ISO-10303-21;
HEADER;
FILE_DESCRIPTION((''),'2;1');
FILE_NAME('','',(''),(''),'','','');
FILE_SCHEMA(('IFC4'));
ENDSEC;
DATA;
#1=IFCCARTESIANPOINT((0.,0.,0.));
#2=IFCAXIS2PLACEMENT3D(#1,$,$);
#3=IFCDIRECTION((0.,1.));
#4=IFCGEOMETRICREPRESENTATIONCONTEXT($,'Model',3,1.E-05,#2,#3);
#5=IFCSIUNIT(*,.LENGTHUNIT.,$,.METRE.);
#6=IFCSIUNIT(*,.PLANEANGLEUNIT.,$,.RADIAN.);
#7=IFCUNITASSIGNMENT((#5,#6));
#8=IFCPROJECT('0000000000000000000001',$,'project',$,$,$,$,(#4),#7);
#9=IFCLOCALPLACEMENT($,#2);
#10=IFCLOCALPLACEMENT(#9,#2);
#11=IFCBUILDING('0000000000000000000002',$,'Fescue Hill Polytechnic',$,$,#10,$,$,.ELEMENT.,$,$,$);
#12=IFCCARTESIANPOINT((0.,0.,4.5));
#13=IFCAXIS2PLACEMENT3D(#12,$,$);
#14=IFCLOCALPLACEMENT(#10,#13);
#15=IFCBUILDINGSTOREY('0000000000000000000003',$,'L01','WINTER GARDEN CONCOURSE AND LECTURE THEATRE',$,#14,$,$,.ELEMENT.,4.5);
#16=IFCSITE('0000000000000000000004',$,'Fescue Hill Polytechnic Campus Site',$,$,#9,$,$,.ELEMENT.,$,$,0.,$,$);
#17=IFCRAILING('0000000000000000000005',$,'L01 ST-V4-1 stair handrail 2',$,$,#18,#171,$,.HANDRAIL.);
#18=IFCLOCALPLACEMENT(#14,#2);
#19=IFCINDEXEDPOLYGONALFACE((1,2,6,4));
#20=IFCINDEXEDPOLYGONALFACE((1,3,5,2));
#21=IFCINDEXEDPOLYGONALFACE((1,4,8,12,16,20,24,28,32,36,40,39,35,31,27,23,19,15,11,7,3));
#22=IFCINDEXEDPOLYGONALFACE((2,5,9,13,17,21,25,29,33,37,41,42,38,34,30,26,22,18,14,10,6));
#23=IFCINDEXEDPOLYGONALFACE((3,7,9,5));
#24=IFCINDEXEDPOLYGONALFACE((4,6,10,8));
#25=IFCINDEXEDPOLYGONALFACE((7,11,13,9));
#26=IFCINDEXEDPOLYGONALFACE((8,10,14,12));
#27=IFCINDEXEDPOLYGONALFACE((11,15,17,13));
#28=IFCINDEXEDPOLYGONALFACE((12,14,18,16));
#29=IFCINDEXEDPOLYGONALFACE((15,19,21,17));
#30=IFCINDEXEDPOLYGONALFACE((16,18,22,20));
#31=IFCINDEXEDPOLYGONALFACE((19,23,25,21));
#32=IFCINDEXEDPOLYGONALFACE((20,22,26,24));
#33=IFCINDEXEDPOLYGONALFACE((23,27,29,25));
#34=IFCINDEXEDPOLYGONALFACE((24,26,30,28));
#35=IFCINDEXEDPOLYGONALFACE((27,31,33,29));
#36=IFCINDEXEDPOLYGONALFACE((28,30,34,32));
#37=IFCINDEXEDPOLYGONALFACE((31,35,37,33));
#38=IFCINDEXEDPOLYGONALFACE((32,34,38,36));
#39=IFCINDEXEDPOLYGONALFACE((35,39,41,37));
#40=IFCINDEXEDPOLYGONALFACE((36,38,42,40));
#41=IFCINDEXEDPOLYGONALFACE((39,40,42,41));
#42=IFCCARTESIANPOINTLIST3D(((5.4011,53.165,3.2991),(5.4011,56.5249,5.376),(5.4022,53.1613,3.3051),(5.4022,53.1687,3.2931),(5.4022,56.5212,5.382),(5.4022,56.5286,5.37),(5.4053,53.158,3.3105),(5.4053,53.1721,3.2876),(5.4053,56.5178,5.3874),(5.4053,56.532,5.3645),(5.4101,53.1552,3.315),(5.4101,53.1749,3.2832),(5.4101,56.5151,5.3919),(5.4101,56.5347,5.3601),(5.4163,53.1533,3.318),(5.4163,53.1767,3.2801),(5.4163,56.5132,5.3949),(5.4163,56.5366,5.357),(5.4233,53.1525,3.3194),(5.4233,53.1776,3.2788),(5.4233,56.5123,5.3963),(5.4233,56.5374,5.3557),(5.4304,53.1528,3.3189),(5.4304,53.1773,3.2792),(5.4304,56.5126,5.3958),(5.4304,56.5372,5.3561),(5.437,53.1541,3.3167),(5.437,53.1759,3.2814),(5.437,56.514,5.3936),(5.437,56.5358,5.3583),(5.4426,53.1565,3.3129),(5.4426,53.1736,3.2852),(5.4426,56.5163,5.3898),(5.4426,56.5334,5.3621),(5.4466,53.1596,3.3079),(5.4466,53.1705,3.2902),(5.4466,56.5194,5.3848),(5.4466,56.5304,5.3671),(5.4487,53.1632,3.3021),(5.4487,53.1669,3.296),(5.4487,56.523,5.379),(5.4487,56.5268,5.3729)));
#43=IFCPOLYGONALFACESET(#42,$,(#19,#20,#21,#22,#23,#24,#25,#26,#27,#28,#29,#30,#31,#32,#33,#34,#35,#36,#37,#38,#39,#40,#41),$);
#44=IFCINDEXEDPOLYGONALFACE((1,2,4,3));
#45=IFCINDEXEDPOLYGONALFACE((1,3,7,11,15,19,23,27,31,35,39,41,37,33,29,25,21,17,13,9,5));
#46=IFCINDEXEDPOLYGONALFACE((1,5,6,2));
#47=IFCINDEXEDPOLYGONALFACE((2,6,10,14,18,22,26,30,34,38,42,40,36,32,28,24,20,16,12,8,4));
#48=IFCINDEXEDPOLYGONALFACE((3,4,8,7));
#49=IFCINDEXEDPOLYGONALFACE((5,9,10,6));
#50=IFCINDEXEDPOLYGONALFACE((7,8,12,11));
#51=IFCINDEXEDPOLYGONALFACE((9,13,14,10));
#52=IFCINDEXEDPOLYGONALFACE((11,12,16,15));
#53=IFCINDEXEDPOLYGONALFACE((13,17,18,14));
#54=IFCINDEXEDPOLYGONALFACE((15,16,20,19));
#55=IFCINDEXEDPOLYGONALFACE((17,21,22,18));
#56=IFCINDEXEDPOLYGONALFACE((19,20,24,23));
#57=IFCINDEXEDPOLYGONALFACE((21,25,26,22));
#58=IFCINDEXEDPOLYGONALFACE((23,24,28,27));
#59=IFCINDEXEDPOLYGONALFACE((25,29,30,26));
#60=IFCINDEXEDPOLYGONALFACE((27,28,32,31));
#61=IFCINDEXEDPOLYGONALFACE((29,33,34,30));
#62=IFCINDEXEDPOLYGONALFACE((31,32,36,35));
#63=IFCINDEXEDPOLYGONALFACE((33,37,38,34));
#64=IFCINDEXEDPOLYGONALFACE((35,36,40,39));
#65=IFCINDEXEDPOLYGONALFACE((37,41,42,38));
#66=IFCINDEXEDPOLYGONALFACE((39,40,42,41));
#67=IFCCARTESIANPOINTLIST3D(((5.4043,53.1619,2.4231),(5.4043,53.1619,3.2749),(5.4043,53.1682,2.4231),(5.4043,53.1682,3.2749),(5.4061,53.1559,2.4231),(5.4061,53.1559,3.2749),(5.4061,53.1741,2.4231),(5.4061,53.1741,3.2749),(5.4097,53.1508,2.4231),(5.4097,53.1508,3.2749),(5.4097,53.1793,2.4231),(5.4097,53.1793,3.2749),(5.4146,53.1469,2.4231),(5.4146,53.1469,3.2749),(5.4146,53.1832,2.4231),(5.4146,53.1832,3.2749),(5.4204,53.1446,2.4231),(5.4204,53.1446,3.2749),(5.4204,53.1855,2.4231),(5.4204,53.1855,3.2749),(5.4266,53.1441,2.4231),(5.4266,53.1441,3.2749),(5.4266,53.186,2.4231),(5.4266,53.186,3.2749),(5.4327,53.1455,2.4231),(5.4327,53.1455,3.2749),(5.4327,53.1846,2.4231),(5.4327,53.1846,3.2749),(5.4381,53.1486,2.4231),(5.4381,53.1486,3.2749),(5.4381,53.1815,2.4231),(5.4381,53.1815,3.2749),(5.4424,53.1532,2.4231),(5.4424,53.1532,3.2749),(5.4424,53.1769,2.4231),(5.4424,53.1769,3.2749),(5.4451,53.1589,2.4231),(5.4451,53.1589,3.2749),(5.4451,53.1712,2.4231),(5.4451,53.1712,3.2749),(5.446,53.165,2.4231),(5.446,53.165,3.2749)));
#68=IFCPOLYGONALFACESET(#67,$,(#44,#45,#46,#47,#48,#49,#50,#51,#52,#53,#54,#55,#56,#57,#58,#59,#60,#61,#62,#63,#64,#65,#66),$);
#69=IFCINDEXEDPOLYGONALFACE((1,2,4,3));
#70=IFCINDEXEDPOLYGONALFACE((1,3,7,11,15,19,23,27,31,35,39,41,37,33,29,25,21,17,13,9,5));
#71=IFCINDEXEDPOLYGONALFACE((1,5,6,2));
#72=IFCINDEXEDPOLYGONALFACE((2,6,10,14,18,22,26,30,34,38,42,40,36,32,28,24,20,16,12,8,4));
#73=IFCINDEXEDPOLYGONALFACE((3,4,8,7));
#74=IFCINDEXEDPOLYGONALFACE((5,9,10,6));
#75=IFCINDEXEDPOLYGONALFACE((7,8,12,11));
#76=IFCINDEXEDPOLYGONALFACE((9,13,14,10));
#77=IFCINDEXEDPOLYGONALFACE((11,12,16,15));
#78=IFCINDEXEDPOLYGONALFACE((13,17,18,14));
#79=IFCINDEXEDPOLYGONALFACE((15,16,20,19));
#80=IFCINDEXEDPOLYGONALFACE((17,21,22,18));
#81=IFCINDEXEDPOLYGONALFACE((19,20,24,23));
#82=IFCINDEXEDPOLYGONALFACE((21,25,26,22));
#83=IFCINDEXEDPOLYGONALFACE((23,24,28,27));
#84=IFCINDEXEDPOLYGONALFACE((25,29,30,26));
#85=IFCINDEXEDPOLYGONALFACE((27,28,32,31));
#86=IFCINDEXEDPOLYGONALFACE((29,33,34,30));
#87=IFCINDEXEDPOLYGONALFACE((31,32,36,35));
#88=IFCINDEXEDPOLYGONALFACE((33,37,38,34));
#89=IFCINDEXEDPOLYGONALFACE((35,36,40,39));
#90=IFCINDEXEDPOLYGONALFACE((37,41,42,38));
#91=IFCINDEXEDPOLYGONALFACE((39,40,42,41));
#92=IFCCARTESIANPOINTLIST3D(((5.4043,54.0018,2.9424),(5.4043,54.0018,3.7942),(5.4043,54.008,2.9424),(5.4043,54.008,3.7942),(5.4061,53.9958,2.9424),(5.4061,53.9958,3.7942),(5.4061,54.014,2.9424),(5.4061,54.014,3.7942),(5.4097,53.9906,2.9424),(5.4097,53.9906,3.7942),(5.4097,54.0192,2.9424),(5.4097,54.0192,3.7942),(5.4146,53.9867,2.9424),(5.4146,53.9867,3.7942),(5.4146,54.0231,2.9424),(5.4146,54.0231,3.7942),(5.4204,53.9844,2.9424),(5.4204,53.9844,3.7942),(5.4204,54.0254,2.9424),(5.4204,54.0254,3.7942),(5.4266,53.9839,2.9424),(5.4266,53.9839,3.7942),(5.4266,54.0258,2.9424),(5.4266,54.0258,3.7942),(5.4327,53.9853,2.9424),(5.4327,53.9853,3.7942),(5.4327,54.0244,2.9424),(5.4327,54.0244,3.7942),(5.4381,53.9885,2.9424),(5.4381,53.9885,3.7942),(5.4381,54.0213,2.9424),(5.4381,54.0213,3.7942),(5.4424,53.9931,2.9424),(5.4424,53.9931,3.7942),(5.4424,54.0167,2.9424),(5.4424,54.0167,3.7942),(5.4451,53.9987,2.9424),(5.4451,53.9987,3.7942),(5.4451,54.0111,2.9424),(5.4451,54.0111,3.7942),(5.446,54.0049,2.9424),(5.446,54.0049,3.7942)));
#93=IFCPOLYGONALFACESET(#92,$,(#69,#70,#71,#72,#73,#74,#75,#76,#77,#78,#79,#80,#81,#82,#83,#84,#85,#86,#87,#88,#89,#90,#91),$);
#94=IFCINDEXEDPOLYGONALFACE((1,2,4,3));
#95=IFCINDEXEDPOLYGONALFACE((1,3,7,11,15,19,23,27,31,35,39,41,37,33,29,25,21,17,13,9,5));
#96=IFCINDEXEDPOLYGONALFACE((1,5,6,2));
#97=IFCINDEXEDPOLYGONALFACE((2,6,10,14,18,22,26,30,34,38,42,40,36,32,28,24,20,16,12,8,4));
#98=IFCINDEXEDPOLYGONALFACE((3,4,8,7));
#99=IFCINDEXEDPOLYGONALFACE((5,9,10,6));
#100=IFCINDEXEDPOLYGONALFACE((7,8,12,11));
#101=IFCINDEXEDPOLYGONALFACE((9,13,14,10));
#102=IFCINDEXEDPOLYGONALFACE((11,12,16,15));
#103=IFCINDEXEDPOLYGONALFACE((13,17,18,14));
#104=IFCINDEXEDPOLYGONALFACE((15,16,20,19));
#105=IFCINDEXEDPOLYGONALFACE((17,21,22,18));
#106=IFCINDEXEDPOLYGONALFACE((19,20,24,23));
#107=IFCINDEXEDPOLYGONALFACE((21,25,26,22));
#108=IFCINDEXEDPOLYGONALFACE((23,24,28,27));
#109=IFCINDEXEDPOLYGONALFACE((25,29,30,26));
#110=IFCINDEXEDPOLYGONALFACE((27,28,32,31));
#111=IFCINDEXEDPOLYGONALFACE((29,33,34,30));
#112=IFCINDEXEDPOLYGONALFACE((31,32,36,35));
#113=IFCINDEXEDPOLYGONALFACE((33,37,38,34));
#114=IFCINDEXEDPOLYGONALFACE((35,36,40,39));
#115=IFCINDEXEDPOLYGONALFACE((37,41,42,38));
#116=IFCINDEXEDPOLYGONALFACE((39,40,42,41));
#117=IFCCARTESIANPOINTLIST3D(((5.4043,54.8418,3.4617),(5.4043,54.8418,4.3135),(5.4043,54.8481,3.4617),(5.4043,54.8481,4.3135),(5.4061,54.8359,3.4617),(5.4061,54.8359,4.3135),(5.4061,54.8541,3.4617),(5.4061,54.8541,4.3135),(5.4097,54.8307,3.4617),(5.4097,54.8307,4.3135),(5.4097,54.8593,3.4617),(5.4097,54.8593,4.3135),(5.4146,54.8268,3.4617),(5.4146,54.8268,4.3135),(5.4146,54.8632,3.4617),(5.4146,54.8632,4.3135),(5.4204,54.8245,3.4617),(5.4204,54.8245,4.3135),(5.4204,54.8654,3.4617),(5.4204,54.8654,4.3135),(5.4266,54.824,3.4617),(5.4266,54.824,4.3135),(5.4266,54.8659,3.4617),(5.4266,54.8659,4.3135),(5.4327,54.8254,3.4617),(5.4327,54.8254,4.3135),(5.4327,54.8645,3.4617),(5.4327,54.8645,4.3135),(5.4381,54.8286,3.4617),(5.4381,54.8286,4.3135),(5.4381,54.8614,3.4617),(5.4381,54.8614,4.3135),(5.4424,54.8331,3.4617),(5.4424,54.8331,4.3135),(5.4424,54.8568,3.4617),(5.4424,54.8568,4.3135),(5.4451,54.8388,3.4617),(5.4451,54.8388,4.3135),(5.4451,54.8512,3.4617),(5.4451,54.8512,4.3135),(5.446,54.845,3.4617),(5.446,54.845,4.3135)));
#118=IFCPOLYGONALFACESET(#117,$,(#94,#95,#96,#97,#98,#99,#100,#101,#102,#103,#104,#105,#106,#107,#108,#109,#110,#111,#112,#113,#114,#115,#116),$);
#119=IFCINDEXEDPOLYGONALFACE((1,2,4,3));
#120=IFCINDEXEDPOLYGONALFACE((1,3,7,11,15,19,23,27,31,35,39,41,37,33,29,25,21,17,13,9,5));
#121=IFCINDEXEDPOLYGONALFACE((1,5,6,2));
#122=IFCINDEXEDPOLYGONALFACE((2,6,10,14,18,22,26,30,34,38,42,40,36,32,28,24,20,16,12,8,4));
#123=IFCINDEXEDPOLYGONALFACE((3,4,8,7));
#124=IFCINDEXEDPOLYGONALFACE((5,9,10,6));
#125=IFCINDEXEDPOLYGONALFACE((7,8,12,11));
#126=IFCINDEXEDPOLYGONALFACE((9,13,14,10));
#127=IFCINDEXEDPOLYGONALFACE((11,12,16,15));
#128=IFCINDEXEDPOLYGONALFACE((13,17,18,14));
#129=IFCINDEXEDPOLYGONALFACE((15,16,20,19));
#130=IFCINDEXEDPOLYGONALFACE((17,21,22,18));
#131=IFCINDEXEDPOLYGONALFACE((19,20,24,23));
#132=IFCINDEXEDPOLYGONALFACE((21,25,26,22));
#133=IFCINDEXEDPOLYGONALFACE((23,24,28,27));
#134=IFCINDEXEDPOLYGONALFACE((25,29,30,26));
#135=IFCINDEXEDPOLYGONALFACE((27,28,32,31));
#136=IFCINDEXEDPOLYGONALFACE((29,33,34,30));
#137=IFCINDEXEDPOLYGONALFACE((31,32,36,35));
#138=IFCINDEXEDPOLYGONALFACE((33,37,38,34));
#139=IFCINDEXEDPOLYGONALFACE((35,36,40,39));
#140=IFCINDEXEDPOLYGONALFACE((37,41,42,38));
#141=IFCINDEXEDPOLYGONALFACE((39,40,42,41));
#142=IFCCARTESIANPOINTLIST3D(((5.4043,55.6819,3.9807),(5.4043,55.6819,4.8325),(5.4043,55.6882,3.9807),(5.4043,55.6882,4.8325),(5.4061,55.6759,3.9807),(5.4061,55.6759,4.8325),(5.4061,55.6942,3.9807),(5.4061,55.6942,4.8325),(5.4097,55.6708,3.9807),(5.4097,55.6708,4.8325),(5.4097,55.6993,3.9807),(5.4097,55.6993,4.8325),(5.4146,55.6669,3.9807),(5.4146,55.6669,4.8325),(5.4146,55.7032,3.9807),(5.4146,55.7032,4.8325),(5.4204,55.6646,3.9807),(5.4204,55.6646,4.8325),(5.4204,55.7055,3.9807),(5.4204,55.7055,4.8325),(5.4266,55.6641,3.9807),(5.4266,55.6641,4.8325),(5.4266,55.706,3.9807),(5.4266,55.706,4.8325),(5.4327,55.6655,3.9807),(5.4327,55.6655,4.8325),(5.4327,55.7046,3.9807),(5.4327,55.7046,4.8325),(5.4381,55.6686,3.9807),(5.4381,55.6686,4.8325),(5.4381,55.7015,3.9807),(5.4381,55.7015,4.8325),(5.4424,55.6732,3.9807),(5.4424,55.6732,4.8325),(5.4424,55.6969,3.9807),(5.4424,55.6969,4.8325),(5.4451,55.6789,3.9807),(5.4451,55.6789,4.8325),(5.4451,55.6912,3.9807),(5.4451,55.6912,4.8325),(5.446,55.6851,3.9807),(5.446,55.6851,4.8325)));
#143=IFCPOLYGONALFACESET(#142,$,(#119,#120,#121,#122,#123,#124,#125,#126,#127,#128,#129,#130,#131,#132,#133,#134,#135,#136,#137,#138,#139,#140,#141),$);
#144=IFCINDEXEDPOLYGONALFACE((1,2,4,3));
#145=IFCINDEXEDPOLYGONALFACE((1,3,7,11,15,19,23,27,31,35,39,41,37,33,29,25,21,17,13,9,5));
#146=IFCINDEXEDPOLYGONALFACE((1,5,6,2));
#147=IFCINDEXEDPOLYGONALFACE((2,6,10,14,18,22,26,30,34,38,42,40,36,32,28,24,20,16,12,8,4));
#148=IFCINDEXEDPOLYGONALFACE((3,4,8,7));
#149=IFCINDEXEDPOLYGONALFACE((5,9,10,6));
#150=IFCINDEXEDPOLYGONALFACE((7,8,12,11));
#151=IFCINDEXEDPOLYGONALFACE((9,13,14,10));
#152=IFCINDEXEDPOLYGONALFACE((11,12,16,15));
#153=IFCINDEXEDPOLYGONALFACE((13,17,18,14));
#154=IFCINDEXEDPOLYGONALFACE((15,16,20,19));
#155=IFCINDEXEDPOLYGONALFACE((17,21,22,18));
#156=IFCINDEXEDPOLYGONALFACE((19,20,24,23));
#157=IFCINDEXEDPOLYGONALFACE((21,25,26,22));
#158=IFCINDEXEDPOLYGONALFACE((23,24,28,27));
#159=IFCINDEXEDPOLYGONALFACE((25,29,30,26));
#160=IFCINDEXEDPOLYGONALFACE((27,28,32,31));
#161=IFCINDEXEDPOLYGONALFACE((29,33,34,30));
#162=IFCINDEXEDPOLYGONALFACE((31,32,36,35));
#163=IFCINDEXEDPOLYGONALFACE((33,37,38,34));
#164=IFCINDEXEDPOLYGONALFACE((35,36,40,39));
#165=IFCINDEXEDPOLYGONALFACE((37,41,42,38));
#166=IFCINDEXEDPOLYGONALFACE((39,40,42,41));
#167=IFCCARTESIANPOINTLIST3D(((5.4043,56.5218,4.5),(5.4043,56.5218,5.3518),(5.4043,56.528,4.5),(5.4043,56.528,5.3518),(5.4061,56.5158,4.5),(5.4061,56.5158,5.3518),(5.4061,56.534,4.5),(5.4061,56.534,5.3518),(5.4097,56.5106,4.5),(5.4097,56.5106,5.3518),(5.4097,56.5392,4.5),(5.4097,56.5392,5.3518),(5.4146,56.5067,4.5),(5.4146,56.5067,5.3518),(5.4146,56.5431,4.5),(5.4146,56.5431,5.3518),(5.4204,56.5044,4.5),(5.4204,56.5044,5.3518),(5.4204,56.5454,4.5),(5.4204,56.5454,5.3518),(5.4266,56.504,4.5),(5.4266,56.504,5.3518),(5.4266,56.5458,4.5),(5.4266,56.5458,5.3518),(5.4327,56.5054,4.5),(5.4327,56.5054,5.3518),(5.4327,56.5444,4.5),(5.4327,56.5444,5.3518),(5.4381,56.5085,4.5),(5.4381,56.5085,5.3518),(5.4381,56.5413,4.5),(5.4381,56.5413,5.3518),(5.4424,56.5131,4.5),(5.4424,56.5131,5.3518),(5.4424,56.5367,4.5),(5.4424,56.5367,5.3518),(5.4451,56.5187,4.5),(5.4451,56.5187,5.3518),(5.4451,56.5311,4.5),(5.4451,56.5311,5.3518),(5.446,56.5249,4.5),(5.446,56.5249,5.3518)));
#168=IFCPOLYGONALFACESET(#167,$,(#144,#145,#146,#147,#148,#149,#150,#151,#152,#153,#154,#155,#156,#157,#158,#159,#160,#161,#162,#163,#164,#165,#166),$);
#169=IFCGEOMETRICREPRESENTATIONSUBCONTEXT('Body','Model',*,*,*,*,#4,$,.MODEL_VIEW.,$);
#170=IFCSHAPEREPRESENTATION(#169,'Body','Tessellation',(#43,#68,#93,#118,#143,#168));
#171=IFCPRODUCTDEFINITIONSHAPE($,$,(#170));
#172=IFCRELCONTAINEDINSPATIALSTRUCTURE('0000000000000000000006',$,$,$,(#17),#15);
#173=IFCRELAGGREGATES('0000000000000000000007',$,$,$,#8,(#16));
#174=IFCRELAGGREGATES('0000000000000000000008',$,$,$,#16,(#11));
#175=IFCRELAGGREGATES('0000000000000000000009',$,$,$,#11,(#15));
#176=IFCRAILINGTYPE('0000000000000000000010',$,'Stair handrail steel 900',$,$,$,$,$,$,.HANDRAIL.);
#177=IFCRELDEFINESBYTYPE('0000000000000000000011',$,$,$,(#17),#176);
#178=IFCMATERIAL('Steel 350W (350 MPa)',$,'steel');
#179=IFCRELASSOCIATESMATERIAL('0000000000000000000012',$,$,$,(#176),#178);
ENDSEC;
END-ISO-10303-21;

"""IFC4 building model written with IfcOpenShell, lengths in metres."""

from ifc_helpers import new_model, si_unit, direction, frame, origin, origin_2d, place, context, subcontext, project, spatial, circle, extrude, material, type_object, element, save


model = new_model("IFC4")

# Units and contexts
model_context = context("Model", 3, precision=1e-05, world=origin(), true_north=direction((0.0, 1.0)))
body_context = subcontext(model_context, "Body", "Model", "MODEL_VIEW")
ifc_project = project(units=[si_unit("LENGTHUNIT", "METRE"), si_unit("PLANEANGLEUNIT", "RADIAN")], contexts=[model_context])

# Site, building, storey
site_placement = place(None, origin())
site = spatial("IfcSite", under=ifc_project, at=site_placement, Name="Fescue Hill Polytechnic Campus Site", CompositionType="ELEMENT", RefElevation=0.0)
building_placement = place(site_placement, origin())
building = spatial("IfcBuilding", under=site, at=building_placement, Name="Fescue Hill Polytechnic", CompositionType="ELEMENT")
storey_placement = place(building_placement, frame((0.0, 0.0, 4.5)))
storey = spatial("IfcBuildingStorey", under=building, at=storey_placement, Name="L01", Description="WINTER GARDEN CONCOURSE AND LECTURE THEATRE", CompositionType="ELEMENT", Elevation=4.5)

# Railing
ifc_material_1 = material(Name="Steel 350W (350 MPa)", Category="steel")
railing_type = type_object("IfcRailingType", Name="Stair handrail steel 900", PredefinedType="HANDRAIL", material=ifc_material_1)
for number, where, name in (
    (1, (5.425, 53.165, 2.4231), "L01 ST-V4-1 stair handrail 2"),
):
    element("IfcRailing", number, at=place(storey_placement, frame(where)), inside=storey, type_object=railing_type, Name=name, PredefinedType="HANDRAIL", context=body_context, shape_type="SweptSolid", body=[
        extrude(circle(Radius=0.0239, at=origin_2d()), frame((0.0, 0.0, 0.876), z_axis=(0.0, 0.850606, 0.525803), x_axis=(-1.0, 0.0, 0.0)), (0.0, 0.0, 1.0), 3.95),
        extrude(circle(Radius=0.021, at=origin_2d()), origin(), (0.0, 0.0, 1.0), 0.8518),
        extrude(circle(Radius=0.021, at=origin_2d()), frame((0.0, 0.8398, 0.5193)), (0.0, 0.0, 1.0), 0.8518),
        extrude(circle(Radius=0.021, at=origin_2d()), frame((0.0, 1.6799, 1.0386)), (0.0, 0.0, 1.0), 0.8518),
        extrude(circle(Radius=0.021, at=origin_2d()), frame((0.0, 2.52, 1.5576)), (0.0, 0.0, 1.0), 0.8518),
        extrude(circle(Radius=0.021, at=origin_2d()), frame((0.0, 3.3599, 2.0769)), (0.0, 0.0, 1.0), 0.8518),
    ])

save(model, "model.ifc")
